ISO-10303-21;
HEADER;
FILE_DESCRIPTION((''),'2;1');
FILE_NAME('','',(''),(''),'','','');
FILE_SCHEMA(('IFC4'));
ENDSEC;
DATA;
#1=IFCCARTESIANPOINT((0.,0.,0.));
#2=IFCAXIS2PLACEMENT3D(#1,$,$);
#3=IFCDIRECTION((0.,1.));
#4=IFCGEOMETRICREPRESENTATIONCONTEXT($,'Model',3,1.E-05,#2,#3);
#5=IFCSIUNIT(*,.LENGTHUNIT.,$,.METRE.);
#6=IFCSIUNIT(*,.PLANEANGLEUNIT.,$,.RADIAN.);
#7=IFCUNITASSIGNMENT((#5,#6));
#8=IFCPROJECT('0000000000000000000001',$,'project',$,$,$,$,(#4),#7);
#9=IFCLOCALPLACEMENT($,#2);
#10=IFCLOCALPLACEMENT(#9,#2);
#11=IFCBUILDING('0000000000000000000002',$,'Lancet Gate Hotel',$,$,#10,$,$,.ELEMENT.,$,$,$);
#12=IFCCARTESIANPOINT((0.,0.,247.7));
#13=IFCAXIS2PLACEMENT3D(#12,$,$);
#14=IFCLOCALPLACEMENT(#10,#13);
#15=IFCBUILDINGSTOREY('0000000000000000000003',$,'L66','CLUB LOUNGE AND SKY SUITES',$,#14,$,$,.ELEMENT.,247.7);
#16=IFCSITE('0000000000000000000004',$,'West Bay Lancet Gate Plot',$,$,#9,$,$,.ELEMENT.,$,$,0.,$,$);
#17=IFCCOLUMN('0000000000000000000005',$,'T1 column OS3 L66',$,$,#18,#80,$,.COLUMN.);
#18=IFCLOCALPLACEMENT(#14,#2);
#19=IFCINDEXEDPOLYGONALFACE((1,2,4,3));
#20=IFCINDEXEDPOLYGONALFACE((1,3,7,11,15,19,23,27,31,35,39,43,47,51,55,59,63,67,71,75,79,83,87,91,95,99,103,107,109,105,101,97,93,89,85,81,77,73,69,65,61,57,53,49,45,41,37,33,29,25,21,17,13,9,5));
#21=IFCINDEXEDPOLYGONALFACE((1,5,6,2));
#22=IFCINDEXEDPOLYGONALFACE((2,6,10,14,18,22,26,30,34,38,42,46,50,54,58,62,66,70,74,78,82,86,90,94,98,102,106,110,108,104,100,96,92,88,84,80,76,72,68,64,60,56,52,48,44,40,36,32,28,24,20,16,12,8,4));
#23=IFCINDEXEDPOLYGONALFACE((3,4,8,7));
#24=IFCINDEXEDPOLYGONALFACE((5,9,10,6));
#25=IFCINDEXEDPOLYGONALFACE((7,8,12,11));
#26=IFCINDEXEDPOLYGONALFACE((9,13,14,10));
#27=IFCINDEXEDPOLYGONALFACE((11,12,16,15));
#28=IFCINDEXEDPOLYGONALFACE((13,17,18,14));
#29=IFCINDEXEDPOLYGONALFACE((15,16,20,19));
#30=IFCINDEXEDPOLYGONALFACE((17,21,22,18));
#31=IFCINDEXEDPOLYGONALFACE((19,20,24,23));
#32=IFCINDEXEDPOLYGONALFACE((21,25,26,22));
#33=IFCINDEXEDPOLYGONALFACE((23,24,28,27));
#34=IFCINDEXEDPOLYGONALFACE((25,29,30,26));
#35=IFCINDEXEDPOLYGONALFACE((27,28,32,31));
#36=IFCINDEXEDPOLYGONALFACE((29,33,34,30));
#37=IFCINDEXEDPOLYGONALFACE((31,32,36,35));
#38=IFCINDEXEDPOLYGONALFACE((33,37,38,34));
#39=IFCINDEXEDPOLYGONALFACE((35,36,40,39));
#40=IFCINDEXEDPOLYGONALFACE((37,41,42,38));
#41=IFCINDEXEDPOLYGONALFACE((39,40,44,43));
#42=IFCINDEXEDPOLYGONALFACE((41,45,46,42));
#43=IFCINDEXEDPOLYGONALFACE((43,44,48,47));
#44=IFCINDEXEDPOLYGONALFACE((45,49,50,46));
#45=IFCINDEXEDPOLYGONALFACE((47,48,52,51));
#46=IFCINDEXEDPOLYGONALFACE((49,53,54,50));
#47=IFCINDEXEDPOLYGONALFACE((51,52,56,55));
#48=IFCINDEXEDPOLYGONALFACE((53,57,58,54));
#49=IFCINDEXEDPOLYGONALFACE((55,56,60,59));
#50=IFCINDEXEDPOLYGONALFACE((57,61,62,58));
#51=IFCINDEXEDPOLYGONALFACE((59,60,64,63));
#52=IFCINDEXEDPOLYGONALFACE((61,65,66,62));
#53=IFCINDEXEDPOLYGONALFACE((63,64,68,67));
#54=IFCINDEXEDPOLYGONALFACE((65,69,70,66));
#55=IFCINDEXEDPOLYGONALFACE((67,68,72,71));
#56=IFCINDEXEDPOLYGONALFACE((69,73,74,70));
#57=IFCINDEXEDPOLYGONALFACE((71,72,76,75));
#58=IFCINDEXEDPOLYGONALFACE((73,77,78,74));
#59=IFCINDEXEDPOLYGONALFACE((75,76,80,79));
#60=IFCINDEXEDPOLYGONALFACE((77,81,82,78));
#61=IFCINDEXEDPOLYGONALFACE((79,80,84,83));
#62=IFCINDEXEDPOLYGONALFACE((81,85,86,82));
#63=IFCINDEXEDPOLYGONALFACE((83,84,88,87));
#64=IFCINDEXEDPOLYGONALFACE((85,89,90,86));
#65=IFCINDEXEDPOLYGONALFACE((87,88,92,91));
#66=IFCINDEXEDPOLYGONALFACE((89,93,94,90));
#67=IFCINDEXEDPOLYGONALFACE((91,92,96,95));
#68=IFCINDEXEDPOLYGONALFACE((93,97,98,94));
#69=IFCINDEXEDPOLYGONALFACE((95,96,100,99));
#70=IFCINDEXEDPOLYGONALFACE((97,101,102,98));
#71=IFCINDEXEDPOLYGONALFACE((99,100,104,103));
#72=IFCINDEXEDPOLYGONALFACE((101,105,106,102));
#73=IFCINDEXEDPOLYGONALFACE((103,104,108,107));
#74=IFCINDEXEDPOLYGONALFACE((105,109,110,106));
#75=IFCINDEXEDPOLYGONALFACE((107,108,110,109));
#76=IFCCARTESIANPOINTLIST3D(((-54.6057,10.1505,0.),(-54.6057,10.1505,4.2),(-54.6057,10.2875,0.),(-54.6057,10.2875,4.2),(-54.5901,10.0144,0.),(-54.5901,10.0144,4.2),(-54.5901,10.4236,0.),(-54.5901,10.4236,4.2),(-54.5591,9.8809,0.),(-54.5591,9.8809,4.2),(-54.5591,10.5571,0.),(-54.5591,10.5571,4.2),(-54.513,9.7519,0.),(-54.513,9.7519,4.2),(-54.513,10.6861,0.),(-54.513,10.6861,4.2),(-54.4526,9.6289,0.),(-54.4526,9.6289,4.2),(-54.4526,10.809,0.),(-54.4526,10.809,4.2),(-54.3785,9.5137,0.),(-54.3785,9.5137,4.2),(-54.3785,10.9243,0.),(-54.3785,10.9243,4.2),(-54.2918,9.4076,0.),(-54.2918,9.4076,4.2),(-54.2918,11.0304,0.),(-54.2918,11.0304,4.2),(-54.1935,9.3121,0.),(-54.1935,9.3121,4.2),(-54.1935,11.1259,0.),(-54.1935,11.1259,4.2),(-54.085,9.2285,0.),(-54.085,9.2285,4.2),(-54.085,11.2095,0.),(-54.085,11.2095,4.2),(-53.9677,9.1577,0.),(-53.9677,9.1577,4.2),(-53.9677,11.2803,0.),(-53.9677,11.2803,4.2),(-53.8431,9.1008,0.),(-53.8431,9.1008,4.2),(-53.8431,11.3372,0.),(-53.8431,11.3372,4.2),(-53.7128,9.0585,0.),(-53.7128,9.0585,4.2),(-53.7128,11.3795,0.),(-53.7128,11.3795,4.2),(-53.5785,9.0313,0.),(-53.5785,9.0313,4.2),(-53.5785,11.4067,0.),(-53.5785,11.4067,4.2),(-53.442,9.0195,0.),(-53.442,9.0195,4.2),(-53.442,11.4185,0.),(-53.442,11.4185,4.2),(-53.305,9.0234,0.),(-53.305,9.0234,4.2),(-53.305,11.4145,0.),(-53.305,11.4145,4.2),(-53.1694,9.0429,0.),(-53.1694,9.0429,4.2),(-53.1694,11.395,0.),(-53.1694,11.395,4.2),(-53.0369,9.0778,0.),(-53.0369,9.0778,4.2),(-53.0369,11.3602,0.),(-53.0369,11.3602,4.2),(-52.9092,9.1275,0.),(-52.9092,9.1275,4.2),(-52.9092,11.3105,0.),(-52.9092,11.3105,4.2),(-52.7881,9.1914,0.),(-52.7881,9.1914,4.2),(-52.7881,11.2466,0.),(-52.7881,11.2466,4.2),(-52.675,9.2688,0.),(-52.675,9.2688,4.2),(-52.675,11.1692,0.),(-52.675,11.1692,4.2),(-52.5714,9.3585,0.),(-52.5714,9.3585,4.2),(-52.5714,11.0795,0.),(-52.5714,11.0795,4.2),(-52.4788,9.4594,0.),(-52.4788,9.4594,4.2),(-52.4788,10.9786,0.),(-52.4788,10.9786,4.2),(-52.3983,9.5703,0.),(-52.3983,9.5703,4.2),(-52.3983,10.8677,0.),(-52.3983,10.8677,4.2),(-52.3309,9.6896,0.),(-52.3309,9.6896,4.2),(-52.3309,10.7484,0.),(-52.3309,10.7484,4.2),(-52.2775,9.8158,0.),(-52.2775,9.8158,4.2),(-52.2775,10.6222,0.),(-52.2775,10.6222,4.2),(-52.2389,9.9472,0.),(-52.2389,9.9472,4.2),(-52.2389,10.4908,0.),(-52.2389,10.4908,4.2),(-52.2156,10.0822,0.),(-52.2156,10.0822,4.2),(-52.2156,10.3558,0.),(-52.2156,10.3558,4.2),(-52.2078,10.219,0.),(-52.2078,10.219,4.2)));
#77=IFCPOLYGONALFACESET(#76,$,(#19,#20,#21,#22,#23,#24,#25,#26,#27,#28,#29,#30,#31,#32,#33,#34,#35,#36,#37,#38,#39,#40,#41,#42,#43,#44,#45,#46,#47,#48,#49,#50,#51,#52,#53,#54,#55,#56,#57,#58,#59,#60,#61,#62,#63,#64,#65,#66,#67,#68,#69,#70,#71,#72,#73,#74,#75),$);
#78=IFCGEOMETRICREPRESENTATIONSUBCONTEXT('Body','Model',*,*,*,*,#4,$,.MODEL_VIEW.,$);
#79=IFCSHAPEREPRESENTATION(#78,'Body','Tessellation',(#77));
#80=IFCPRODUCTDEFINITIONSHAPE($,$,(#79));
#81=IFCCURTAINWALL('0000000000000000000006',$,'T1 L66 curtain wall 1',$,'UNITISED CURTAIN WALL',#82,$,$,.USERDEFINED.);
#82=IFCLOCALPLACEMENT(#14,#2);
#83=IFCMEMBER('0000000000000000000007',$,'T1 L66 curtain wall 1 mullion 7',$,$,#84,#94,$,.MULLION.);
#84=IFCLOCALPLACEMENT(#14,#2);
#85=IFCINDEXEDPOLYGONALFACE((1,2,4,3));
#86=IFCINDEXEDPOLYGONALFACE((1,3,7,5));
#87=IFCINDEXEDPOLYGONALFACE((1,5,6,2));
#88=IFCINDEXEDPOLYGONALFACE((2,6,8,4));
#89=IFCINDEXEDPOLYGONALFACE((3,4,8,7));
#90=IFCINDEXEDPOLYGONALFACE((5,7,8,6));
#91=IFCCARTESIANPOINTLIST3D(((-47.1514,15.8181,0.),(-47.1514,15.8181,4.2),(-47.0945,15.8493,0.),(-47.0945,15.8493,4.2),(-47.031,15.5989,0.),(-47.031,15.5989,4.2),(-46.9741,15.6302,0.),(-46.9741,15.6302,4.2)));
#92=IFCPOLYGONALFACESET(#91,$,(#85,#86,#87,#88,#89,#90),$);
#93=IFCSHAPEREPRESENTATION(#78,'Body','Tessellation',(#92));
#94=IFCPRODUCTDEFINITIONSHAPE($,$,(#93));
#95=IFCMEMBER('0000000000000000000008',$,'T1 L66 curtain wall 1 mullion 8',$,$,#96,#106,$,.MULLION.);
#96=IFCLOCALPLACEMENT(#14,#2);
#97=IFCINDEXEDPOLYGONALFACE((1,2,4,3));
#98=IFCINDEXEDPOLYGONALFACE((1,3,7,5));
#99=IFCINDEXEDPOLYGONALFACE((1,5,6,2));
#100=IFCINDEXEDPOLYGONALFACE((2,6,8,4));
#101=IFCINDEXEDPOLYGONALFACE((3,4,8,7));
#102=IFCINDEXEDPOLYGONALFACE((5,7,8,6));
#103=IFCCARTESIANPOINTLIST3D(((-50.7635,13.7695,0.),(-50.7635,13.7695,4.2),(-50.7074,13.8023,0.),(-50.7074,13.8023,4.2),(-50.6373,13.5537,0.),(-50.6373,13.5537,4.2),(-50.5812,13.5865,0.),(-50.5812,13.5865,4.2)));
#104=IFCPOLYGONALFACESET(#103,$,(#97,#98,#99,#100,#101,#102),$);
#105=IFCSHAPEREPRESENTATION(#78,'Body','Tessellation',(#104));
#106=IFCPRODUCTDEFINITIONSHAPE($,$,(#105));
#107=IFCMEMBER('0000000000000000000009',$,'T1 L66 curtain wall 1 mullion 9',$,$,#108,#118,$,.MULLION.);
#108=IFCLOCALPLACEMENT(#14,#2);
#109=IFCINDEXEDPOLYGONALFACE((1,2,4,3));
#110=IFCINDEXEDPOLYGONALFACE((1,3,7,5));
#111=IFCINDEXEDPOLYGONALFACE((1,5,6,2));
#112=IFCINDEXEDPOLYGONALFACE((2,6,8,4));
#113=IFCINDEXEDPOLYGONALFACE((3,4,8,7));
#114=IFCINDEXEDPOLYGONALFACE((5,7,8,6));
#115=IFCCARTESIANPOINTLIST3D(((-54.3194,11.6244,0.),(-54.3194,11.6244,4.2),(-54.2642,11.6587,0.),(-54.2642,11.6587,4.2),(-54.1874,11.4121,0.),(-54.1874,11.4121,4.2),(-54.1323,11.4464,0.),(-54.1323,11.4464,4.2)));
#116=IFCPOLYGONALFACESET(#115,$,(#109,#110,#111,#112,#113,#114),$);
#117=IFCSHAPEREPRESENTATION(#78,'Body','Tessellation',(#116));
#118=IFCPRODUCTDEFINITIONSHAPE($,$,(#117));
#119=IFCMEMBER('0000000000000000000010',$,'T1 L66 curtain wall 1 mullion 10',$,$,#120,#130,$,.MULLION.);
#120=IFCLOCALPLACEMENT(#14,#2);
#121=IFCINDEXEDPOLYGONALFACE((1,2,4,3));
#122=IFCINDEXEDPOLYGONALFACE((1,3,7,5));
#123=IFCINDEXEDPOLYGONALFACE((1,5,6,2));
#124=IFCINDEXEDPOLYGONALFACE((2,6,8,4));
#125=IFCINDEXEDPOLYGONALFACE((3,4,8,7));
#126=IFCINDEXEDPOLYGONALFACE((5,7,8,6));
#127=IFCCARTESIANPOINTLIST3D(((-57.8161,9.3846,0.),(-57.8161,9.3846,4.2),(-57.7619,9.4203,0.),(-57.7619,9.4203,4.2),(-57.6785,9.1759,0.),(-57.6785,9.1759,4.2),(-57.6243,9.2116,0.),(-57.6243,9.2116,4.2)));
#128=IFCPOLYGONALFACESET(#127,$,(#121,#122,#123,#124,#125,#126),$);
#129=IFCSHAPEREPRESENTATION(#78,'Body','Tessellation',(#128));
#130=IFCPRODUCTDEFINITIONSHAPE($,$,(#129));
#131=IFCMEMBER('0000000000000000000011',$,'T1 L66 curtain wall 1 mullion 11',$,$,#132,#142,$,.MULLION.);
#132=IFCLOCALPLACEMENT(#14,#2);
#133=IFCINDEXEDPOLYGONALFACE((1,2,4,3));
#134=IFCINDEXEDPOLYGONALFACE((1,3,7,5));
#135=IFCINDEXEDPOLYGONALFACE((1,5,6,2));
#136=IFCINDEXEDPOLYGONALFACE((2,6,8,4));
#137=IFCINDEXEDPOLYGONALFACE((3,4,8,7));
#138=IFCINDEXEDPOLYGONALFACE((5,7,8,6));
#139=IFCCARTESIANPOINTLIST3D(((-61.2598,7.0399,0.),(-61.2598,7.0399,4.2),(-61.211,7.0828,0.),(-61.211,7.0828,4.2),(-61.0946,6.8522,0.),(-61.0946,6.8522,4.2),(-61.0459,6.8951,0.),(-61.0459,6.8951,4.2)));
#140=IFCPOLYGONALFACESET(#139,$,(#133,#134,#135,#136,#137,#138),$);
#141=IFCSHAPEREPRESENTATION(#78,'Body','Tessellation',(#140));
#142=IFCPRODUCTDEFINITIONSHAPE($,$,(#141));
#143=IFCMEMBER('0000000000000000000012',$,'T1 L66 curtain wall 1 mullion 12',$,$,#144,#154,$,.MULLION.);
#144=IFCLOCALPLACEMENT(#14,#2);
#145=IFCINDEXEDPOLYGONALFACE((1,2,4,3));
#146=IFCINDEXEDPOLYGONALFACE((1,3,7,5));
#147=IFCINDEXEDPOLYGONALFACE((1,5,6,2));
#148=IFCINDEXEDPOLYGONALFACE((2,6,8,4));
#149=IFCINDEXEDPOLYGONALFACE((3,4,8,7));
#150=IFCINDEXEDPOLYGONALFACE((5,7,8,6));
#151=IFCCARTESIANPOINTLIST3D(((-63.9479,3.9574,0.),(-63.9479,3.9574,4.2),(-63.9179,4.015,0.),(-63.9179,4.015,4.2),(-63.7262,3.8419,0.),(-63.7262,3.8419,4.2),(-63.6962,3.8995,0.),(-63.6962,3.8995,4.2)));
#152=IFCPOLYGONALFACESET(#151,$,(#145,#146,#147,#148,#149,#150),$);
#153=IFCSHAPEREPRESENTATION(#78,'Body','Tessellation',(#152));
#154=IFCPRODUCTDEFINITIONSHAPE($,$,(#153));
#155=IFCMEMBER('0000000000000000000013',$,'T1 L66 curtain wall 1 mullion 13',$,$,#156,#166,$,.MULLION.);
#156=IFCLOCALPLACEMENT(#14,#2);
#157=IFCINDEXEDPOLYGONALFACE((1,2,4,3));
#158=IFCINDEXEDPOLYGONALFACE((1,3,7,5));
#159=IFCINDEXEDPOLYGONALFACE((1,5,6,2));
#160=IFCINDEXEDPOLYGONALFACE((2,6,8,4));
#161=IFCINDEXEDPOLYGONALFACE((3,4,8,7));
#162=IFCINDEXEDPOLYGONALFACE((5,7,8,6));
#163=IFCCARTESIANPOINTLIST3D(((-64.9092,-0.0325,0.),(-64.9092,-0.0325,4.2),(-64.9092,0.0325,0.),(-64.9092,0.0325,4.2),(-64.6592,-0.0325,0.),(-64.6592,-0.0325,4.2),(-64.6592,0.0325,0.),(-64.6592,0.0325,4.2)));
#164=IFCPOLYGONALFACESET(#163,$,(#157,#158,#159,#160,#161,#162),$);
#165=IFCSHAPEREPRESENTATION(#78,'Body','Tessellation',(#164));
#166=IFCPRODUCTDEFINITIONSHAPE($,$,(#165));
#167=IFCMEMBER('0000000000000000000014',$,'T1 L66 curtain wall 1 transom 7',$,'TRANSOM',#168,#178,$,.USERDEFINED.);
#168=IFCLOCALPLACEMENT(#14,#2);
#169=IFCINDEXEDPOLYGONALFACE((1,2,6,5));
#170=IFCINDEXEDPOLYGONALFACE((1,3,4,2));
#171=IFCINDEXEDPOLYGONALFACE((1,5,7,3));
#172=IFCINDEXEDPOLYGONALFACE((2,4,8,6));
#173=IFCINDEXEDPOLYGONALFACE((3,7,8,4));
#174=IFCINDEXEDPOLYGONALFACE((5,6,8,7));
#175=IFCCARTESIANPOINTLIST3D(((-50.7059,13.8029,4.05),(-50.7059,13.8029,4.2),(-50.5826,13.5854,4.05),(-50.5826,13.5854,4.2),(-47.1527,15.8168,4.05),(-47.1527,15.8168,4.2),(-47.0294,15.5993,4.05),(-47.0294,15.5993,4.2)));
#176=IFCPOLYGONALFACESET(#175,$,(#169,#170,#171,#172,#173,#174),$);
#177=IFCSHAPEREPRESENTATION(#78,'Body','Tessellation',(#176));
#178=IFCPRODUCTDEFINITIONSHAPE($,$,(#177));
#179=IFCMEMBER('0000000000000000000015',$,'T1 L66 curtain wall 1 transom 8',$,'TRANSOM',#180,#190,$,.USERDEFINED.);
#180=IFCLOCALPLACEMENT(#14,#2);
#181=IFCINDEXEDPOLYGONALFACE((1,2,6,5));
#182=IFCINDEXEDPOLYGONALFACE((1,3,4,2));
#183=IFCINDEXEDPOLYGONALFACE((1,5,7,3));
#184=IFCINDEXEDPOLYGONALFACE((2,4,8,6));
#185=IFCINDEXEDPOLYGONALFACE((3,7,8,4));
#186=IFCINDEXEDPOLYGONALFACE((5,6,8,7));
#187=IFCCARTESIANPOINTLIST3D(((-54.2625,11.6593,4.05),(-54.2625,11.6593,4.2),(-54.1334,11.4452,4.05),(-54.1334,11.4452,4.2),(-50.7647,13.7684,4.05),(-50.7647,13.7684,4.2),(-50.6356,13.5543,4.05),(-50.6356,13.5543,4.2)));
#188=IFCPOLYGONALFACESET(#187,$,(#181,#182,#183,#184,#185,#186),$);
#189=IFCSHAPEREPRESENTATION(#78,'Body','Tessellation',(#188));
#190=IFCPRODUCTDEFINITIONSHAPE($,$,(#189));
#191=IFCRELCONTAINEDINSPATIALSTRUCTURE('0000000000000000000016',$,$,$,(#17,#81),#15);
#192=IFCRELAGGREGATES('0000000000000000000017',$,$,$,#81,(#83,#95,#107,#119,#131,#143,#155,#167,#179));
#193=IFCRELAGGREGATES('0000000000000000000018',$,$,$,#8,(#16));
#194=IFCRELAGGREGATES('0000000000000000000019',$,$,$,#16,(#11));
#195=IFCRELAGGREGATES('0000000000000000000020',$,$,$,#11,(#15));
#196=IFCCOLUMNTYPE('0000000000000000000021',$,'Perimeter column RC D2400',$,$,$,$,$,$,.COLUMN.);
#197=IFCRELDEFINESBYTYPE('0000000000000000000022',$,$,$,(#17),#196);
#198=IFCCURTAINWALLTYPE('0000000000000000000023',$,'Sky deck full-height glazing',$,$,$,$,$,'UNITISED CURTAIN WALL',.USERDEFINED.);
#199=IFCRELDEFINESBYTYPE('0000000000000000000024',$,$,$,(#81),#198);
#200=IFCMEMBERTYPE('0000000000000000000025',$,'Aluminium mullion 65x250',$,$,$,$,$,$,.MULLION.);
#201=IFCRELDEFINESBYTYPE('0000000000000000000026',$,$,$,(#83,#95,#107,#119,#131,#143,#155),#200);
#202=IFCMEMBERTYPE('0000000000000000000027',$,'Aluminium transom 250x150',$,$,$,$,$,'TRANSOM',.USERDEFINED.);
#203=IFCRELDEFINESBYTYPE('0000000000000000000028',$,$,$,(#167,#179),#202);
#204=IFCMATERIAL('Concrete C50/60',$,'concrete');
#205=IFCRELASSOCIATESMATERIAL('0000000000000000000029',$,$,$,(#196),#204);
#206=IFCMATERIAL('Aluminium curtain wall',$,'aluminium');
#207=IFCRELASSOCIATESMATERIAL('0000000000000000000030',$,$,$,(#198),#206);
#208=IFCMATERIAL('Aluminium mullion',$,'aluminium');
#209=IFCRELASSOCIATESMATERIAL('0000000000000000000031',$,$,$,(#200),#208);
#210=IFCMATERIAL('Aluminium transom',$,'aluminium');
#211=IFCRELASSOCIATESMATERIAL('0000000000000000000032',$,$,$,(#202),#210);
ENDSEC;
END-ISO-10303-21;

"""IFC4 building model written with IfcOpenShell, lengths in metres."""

from ifc_helpers import new_model, si_unit, direction, frame, origin, origin_2d, place, context, subcontext, project, spatial, rectangle, circle, extrude, material, material_profile, profile_set, type_object, element, aggregate, save


model = new_model("IFC4")

# Units and contexts
model_context = context("Model", 3, precision=1e-05, world=origin(), true_north=direction((0.0, 1.0)))
body_context = subcontext(model_context, "Body", "Model", "MODEL_VIEW")
ifc_project = project(units=[si_unit("LENGTHUNIT", "METRE"), si_unit("PLANEANGLEUNIT", "RADIAN")], contexts=[model_context])

# Site, building, storey
site_placement = place(None, origin())
site = spatial("IfcSite", under=ifc_project, at=site_placement, Name="West Bay Lancet Gate Plot", CompositionType="ELEMENT", RefElevation=0.0)
building_placement = place(site_placement, origin())
building = spatial("IfcBuilding", under=site, at=building_placement, Name="Lancet Gate Hotel", CompositionType="ELEMENT")
storey_placement = place(building_placement, frame((0.0, 0.0, 247.7)))
storey = spatial("IfcBuildingStorey", under=building, at=storey_placement, Name="L66", Description="CLUB LOUNGE AND SKY SUITES", CompositionType="ELEMENT", Elevation=247.7)

# Column
ifc_material_1 = material(Name="Concrete C50/60", Category="concrete")
ifc_material_profile_1 = material_profile(ifc_material_1, circle(Radius=1.2, at=origin_2d()), Name="RC D2400")
ifc_profile_set_1 = profile_set([ifc_material_profile_1], Name="Concrete C50/60")
column_type = type_object("IfcColumnType", Name="Perimeter column RC D2400", PredefinedType="COLUMN", material=ifc_profile_set_1)
for number, where, z_axis, x_axis, name in (
    (1, (-53.4077, 10.219, 0.0), (0.0, 0.0, 1.0), (1.0, 0.0, 0.0), "T1 column OS3 L66"),
):
    element("IfcColumn", number, at=place(storey_placement, frame(where, z_axis=z_axis, x_axis=x_axis)), inside=storey, type_object=column_type, Name=name, PredefinedType="COLUMN", context=body_context, shape_type="SweptSolid", body=[
        extrude(circle(Radius=1.2, at=origin_2d()), origin(), (0.0, 0.0, 1.0), 4.2),
    ])

# Curtain wall, members
ifc_material_2 = material(Name="Aluminium curtain wall", Category="aluminium")
curtain_wall_type = type_object("IfcCurtainWallType", Name="Sky deck full-height glazing", ElementType="UNITISED CURTAIN WALL", PredefinedType="USERDEFINED", material=ifc_material_2)
curtain_wall_placement = place(storey_placement, origin())
curtain_wall = element("IfcCurtainWall", 2, at=curtain_wall_placement, inside=storey, type_object=curtain_wall_type, Name="T1 L66 curtain wall 1", ObjectType="UNITISED CURTAIN WALL", PredefinedType="USERDEFINED")
ifc_material_3 = material(Name="Aluminium mullion", Category="aluminium")
ifc_material_profile_2 = material_profile(ifc_material_3, rectangle(XDim=0.0649, YDim=0.25, at=origin_2d()), Name="MULLION 65x250")
ifc_profile_set_2 = profile_set([ifc_material_profile_2], Name="Aluminium mullion")
member_type_1 = type_object("IfcMemberType", Name="Aluminium mullion 65x250", PredefinedType="MULLION", material=ifc_profile_set_2)
member_1_placement = place(storey_placement, frame((-47.0627, 15.7241, 0.0), z_axis=(0.0, 0.0, 1.0), x_axis=(-0.876516, -0.481372, 0.0)))
member_1 = element("IfcMember", 3, at=member_1_placement, type_object=member_type_1, Name="T1 L66 curtain wall 1 mullion 7", PredefinedType="MULLION", context=body_context, shape_type="SweptSolid", body=[
    extrude(rectangle(XDim=0.0649, YDim=0.25, at=origin_2d()), origin(), (0.0, 0.0, 1.0), 4.2),
])
member_2_placement = place(storey_placement, frame((-50.6724, 13.678, 0.0), z_axis=(0.0, 0.0, 1.0), x_axis=(-0.863242, -0.50479, 0.0)))
member_2 = element("IfcMember", 4, at=member_2_placement, type_object=member_type_1, Name="T1 L66 curtain wall 1 mullion 8", PredefinedType="MULLION", context=body_context, shape_type="SweptSolid", body=[
    extrude(rectangle(XDim=0.0649, YDim=0.25, at=origin_2d()), origin(), (0.0, 0.0, 1.0), 4.2),
])
member_3_placement = place(storey_placement, frame((-54.2258, 11.5354, 0.0), z_axis=(0.0, 0.0, 1.0), x_axis=(-0.849342, -0.527842, 0.0)))
member_3 = element("IfcMember", 5, at=member_3_placement, type_object=member_type_1, Name="T1 L66 curtain wall 1 mullion 9", PredefinedType="MULLION", context=body_context, shape_type="SweptSolid", body=[
    extrude(rectangle(XDim=0.0649, YDim=0.25, at=origin_2d()), origin(), (0.0, 0.0, 1.0), 4.2),
])
member_4_placement = place(storey_placement, frame((-57.7202, 9.2981, 0.0), z_axis=(0.0, 0.0, 1.0), x_axis=(-0.834827, -0.550512, 0.0)))
member_4 = element("IfcMember", 6, at=member_4_placement, type_object=member_type_1, Name="T1 L66 curtain wall 1 mullion 10", PredefinedType="MULLION", context=body_context, shape_type="SweptSolid", body=[
    extrude(rectangle(XDim=0.0649, YDim=0.25, at=origin_2d()), origin(), (0.0, 0.0, 1.0), 4.2),
])
member_5_placement = place(storey_placement, frame((-61.1528, 6.9675, 0.0), z_axis=(0.0, 0.0, 1.0), x_axis=(-0.750716, -0.660626, 0.0)))
member_5 = element("IfcMember", 7, at=member_5_placement, type_object=member_type_1, Name="T1 L66 curtain wall 1 mullion 11", PredefinedType="MULLION", context=body_context, shape_type="SweptSolid", body=[
    extrude(rectangle(XDim=0.0649, YDim=0.25, at=origin_2d()), origin(), (0.0, 0.0, 1.0), 4.2),
])
member_6_placement = place(storey_placement, frame((-63.822, 3.9285, 0.0), z_axis=(0.0, 0.0, 1.0), x_axis=(-0.462178, -0.886787, 0.0)))
member_6 = element("IfcMember", 8, at=member_6_placement, type_object=member_type_1, Name="T1 L66 curtain wall 1 mullion 12", PredefinedType="MULLION", context=body_context, shape_type="SweptSolid", body=[
    extrude(rectangle(XDim=0.0649, YDim=0.25, at=origin_2d()), origin(), (0.0, 0.0, 1.0), 4.2),
])
member_7_placement = place(storey_placement, frame((-64.7842, 0.0, 0.0), z_axis=(0.0, 0.0, 1.0), x_axis=(0.0, -1.0, 0.0)))
member_7 = element("IfcMember", 9, at=member_7_placement, type_object=member_type_1, Name="T1 L66 curtain wall 1 mullion 13", PredefinedType="MULLION", context=body_context, shape_type="SweptSolid", body=[
    extrude(rectangle(XDim=0.0649, YDim=0.25, at=origin_2d()), origin(), (0.0, 0.0, 1.0), 4.2),
])
ifc_material_4 = material(Name="Aluminium transom", Category="aluminium")
ifc_material_profile_3 = material_profile(ifc_material_4, rectangle(XDim=0.25, YDim=0.1499, at=origin_2d()), Name="TRANSOM 250x150")
ifc_profile_set_3 = profile_set([ifc_material_profile_3], Name="Aluminium transom")
member_type_2 = type_object("IfcMemberType", Name="Aluminium transom 250x150", ElementType="TRANSOM", PredefinedType="USERDEFINED", material=ifc_profile_set_3)
member_8_placement = place(storey_placement, frame((-47.0911, 15.708, 4.125), z_axis=(-0.869978, -0.493091, 0.0), x_axis=(0.493091, -0.869978, 0.0)))
member_8 = element("IfcMember", 10, at=member_8_placement, type_object=member_type_2, Name="T1 L66 curtain wall 1 transom 7", ObjectType="TRANSOM", PredefinedType="USERDEFINED", context=body_context, shape_type="SweptSolid", body=[
    extrude(rectangle(XDim=0.25, YDim=0.1499, at=origin_2d()), origin(), (0.0, 0.0, 1.0), 4.0842),
])
member_9_placement = place(storey_placement, frame((-50.7002, 13.6614, 4.125), z_axis=(-0.856362, -0.516376, 0.0), x_axis=(0.516376, -0.856362, 0.0)))
member_9 = element("IfcMember", 11, at=member_9_placement, type_object=member_type_2, Name="T1 L66 curtain wall 1 transom 8", ObjectType="TRANSOM", PredefinedType="USERDEFINED", context=body_context, shape_type="SweptSolid", body=[
    extrude(rectangle(XDim=0.25, YDim=0.1499, at=origin_2d()), origin(), (0.0, 0.0, 1.0), 4.0845),
])

aggregate(curtain_wall, [member_1, member_2, member_3, member_4, member_5, member_6, member_7, member_8, member_9])

save(model, "model.ifc")
